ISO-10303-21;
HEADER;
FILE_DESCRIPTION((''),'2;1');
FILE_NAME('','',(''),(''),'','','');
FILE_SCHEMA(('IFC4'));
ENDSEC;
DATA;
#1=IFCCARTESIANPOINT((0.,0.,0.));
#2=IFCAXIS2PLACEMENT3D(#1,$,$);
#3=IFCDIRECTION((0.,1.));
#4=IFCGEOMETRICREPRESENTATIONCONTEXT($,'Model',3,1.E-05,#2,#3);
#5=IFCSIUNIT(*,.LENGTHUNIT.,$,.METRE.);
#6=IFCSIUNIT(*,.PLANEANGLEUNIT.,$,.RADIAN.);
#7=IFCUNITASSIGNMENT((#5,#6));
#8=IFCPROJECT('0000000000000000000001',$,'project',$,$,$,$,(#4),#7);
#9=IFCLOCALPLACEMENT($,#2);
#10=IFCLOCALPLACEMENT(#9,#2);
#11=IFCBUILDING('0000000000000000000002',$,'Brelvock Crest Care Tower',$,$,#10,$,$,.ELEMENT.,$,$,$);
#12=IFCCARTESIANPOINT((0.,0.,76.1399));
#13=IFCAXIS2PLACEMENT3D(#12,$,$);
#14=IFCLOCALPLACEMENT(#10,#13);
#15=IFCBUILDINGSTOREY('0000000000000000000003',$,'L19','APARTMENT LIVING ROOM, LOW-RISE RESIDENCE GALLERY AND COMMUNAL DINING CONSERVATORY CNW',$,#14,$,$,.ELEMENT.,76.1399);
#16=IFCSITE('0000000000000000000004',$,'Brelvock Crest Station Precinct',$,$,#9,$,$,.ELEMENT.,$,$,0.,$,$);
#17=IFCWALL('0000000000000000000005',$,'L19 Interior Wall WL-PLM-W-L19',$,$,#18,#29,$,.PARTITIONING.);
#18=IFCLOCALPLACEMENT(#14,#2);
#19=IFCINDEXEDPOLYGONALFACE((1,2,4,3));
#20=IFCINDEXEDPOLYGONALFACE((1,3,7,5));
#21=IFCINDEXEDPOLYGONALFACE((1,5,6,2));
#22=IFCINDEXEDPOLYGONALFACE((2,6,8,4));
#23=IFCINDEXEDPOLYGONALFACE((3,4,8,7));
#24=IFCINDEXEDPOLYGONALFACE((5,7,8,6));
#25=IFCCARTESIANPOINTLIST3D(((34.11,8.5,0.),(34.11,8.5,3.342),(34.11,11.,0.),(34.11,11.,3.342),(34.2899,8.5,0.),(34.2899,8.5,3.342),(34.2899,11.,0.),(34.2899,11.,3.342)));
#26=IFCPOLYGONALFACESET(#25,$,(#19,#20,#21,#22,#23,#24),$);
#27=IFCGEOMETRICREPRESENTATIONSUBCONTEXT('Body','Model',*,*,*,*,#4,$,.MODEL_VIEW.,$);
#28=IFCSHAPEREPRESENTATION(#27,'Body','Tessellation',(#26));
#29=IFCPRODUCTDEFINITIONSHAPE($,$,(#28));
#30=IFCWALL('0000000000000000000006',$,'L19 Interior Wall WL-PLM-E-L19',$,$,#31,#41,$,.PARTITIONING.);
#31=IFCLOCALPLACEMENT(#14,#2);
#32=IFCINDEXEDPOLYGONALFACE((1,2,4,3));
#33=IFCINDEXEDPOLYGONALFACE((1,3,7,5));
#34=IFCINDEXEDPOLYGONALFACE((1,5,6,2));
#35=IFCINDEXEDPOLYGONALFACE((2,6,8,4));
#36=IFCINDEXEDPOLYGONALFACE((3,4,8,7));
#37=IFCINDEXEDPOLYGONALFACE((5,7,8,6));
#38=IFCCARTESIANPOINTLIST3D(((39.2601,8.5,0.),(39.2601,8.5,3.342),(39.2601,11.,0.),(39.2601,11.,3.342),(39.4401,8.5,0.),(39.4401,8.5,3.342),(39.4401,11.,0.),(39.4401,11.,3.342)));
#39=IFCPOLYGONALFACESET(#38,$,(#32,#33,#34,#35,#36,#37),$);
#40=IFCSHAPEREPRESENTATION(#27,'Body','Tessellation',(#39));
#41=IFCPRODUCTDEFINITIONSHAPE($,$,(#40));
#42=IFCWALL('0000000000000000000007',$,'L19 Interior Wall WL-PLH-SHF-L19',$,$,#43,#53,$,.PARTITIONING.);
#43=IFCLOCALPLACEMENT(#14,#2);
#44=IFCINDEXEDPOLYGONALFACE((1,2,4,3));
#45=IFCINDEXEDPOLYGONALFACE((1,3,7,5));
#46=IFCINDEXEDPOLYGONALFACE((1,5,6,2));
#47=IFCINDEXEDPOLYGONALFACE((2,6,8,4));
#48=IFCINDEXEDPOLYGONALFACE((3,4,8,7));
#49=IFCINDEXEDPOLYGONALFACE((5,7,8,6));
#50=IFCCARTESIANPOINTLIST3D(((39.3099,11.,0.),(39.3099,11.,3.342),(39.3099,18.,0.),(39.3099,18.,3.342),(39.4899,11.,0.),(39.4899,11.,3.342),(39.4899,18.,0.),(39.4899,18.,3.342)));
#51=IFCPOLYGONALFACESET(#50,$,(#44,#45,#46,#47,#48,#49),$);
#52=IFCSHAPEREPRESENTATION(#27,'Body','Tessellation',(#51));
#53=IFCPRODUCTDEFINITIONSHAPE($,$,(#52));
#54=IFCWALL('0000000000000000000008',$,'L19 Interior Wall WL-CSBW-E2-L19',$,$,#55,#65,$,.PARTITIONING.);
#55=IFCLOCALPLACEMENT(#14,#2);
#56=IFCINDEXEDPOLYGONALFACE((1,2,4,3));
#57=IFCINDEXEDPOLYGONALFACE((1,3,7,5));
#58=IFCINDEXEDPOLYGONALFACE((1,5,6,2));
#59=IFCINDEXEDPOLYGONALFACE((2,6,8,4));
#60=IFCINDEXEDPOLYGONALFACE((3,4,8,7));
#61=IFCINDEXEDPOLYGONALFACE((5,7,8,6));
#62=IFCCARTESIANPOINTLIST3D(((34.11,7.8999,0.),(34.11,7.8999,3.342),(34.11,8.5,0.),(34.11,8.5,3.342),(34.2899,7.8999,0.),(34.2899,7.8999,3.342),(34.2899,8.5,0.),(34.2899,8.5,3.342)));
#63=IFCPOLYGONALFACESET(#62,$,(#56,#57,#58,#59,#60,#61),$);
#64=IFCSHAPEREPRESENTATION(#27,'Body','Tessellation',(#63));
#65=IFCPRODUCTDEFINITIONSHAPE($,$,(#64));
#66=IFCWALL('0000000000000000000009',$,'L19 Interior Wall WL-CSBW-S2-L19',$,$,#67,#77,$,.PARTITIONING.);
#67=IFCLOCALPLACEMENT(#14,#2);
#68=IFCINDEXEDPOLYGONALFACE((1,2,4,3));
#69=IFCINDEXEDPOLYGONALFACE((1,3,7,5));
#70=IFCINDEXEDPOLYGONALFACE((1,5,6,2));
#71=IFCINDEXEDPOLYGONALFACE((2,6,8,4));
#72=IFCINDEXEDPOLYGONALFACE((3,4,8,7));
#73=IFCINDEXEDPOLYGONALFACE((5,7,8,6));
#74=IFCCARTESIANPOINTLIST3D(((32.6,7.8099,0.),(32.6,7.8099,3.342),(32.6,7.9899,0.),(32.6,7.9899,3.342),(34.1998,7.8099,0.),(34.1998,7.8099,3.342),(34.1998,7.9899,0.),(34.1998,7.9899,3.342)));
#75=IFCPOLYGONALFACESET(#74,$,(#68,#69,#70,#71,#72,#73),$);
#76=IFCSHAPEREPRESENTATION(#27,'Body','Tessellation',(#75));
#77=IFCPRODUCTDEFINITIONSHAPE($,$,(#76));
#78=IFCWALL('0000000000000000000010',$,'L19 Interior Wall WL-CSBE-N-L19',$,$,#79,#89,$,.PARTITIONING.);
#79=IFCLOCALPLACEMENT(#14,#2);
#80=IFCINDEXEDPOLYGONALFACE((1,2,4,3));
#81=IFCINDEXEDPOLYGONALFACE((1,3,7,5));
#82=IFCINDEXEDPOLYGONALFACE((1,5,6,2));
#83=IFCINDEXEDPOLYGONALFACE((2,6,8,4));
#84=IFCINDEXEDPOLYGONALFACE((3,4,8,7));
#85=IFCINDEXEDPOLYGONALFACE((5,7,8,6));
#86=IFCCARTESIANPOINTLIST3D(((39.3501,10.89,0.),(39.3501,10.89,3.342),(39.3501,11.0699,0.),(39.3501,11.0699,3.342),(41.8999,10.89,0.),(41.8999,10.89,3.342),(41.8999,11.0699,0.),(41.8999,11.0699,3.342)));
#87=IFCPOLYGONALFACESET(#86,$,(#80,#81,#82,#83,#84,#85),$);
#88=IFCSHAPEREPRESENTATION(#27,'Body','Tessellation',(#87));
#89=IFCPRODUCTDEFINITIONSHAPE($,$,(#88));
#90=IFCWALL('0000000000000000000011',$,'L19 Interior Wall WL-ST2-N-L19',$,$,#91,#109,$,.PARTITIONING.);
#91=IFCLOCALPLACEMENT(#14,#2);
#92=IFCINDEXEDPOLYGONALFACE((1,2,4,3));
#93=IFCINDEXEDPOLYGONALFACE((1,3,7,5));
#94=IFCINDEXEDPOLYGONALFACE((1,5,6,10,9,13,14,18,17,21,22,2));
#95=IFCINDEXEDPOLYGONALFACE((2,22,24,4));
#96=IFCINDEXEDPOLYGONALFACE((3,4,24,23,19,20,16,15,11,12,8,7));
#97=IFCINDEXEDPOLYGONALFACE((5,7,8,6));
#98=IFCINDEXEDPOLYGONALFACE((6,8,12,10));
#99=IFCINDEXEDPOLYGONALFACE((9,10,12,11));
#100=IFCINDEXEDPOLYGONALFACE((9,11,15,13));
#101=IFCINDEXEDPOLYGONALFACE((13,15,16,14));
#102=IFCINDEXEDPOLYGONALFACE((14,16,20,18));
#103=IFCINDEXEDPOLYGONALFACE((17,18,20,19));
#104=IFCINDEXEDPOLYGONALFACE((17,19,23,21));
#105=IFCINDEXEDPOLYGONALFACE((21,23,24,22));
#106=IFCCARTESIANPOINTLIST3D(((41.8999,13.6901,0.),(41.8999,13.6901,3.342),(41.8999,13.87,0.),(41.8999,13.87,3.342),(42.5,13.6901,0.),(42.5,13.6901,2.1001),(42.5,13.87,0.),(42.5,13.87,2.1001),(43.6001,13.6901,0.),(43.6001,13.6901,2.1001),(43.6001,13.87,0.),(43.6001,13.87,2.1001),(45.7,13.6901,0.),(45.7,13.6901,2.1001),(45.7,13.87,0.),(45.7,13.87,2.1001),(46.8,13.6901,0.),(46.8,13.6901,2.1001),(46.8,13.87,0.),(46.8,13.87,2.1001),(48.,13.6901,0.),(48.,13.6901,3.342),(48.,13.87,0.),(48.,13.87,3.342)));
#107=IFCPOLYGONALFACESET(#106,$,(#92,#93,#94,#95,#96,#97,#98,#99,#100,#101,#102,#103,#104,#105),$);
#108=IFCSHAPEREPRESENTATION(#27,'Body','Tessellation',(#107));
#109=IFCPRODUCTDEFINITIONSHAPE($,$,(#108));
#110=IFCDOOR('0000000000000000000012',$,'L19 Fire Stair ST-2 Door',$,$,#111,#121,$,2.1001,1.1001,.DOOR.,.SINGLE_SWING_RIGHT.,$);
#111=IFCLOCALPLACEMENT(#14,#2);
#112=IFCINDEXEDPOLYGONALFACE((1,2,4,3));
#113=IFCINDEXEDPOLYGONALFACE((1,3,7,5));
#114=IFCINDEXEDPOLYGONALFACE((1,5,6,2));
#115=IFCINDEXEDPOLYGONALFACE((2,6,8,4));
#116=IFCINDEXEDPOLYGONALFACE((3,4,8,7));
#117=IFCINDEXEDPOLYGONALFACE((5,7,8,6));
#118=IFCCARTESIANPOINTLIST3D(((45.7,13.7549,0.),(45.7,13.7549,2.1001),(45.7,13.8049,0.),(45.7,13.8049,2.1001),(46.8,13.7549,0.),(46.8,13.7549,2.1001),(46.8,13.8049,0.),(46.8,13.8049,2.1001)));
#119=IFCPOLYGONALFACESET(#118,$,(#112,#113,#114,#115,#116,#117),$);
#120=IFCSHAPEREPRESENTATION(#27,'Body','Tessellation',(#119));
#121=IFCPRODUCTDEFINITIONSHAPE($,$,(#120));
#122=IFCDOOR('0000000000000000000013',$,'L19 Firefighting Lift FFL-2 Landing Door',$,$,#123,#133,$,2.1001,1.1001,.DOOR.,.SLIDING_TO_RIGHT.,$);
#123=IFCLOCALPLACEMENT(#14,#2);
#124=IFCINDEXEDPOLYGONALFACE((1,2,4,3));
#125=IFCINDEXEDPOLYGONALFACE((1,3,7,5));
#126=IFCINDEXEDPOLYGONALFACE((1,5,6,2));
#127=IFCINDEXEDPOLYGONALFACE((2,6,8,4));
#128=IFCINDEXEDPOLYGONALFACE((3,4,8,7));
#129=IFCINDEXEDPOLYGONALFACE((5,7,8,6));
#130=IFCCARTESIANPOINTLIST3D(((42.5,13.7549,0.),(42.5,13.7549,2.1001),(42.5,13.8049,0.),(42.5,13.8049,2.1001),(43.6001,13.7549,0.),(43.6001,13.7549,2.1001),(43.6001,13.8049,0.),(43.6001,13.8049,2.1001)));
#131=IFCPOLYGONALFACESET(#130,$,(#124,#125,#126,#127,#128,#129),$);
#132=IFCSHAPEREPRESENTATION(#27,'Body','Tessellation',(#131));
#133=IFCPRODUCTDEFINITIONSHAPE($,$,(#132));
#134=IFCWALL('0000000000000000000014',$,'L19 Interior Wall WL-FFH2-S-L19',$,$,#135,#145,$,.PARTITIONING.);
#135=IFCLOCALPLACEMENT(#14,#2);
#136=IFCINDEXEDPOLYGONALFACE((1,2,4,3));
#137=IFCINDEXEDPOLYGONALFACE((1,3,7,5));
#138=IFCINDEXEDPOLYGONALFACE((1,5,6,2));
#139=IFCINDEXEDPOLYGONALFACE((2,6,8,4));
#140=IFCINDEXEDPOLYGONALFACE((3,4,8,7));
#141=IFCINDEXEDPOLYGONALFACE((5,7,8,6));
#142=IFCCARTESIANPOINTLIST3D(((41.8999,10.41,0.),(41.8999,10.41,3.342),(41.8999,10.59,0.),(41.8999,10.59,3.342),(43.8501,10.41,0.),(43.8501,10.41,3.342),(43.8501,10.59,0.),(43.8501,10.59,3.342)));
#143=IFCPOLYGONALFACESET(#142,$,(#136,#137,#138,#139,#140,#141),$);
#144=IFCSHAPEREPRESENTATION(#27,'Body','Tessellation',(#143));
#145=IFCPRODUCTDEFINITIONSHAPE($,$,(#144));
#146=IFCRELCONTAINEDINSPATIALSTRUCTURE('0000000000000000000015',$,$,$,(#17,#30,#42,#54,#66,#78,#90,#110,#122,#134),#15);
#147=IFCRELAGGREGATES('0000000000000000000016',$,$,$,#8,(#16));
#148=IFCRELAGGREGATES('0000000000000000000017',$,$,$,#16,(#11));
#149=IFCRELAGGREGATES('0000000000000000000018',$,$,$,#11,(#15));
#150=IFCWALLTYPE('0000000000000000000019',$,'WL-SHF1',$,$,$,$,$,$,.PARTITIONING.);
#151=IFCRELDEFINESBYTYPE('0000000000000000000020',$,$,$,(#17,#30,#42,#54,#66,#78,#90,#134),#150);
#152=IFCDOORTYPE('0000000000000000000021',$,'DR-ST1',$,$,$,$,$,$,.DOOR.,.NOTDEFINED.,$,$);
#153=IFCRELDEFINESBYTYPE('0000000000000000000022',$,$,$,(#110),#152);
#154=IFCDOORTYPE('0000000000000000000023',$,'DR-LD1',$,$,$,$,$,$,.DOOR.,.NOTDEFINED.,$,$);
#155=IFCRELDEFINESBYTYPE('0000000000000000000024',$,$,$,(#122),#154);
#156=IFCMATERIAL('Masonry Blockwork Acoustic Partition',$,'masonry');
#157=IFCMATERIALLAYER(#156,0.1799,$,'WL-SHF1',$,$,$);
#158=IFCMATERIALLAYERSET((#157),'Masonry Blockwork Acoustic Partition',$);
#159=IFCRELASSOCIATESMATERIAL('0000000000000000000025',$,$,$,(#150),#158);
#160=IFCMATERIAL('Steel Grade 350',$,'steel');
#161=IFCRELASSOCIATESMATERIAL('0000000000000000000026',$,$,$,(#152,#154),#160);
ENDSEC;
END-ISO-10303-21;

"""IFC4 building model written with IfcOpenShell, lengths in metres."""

from ifc_helpers import new_model, si_unit, direction, frame, frame_2d, origin, origin_2d, place, context, subcontext, project, spatial, rectangle, extrude, source, transform, mapped, material, layer, layer_set, type_object, element, fill, save


model = new_model("IFC4")

# Units and contexts
model_context = context("Model", 3, precision=1e-05, world=origin(), true_north=direction((0.0, 1.0)))
body_context = subcontext(model_context, "Body", "Model", "MODEL_VIEW")
ifc_project = project(units=[si_unit("LENGTHUNIT", "METRE"), si_unit("PLANEANGLEUNIT", "RADIAN")], contexts=[model_context])

# Site, building, storey
site_placement = place(None, origin())
site = spatial("IfcSite", under=ifc_project, at=site_placement, Name="Brelvock Crest Station Precinct", CompositionType="ELEMENT", RefElevation=0.0)
building_placement = place(site_placement, origin())
building = spatial("IfcBuilding", under=site, at=building_placement, Name="Brelvock Crest Care Tower", CompositionType="ELEMENT")
storey_placement = place(building_placement, frame((0.0, 0.0, 76.1399)))
storey = spatial("IfcBuildingStorey", under=building, at=storey_placement, Name="L19", Description="APARTMENT LIVING ROOM, LOW-RISE RESIDENCE GALLERY AND COMMUNAL DINING CONSERVATORY CNW", CompositionType="ELEMENT", Elevation=76.1399)

# Shared definitions
ifc_material_1 = material(Name="Steel Grade 350", Category="steel")

# Shared definitions
ifc_material_2 = material(Name="Masonry Blockwork Acoustic Partition", Category="masonry")

# Walls
ifc_layer_1 = layer(ifc_material_2, 0.1799, Name="WL-SHF1")
ifc_layer_set_1 = layer_set([ifc_layer_1], Name="Masonry Blockwork Acoustic Partition")
wall_type_1 = type_object("IfcWallType", Name="WL-SHF1", PredefinedType="PARTITIONING", material=ifc_layer_set_1)
for number, where, z_axis, x_axis, name in (
    (1, (34.2, 8.5, 0.0), (0.0, 0.0, 1.0), (0.0, 1.0, 0.0), "L19 Interior Wall WL-PLM-W-L19"),
    (2, (39.3501, 8.5, 0.0), (0.0, 0.0, 1.0), (0.0, 1.0, 0.0), "L19 Interior Wall WL-PLM-E-L19"),
):
    element("IfcWall", number, at=place(storey_placement, frame(where, z_axis=z_axis, x_axis=x_axis)), inside=storey, type_object=wall_type_1, Name=name, PredefinedType="PARTITIONING", context=body_context, shape_type="SweptSolid", body=[
        extrude(rectangle(XDim=2.5, YDim=0.1799, at=frame_2d((1.25, 0.0))), origin(), (0.0, 0.0, 1.0), 3.342),
    ])
wall_1_placement = place(storey_placement, frame((39.3999, 11.0, 0.0), z_axis=(0.0, 0.0, 1.0), x_axis=(0.0, 1.0, 0.0)))
element("IfcWall", 3, at=wall_1_placement, inside=storey, type_object=wall_type_1, Name="L19 Interior Wall WL-PLH-SHF-L19", PredefinedType="PARTITIONING", context=body_context, shape_type="SweptSolid", body=[
    extrude(rectangle(XDim=7.0, YDim=0.1799, at=frame_2d((3.5, 0.0))), origin(), (0.0, 0.0, 1.0), 3.342),
])
wall_2_placement = place(storey_placement, frame((34.2, 7.8999, 0.0), z_axis=(0.0, 0.0, 1.0), x_axis=(0.0, 1.0, 0.0)))
element("IfcWall", 4, at=wall_2_placement, inside=storey, type_object=wall_type_1, Name="L19 Interior Wall WL-CSBW-E2-L19", PredefinedType="PARTITIONING", context=body_context, shape_type="SweptSolid", body=[
    extrude(rectangle(XDim=0.6001, YDim=0.1799, at=frame_2d((0.3, 0.0))), origin(), (0.0, 0.0, 1.0), 3.342),
])
wall_3_placement = place(storey_placement, frame((32.6001, 7.8999, 0.0), z_axis=(0.0, 0.0, 1.0), x_axis=(1.0, 0.0, 0.0)))
element("IfcWall", 5, at=wall_3_placement, inside=storey, type_object=wall_type_1, Name="L19 Interior Wall WL-CSBW-S2-L19", PredefinedType="PARTITIONING", context=body_context, shape_type="SweptSolid", body=[
    extrude(rectangle(XDim=1.5999, YDim=0.1799, at=frame_2d((0.7998, 0.0))), origin(), (0.0, 0.0, 1.0), 3.342),
])
wall_4_placement = place(storey_placement, frame((39.3501, 10.98, 0.0), z_axis=(0.0, 0.0, 1.0), x_axis=(1.0, 0.0, 0.0)))
element("IfcWall", 6, at=wall_4_placement, inside=storey, type_object=wall_type_1, Name="L19 Interior Wall WL-CSBE-N-L19", PredefinedType="PARTITIONING", context=body_context, shape_type="SweptSolid", body=[
    extrude(rectangle(XDim=2.5498, YDim=0.1799, at=frame_2d((1.2749, 0.0))), origin(), (0.0, 0.0, 1.0), 3.342),
])

# Wall, openings, doors
wall_5_placement = place(storey_placement, frame((41.8999, 13.78, 0.0), z_axis=(0.0, 0.0, 1.0), x_axis=(1.0, 0.0, 0.0)))
wall_5 = element("IfcWall", 7, at=wall_5_placement, inside=storey, type_object=wall_type_1, Name="L19 Interior Wall WL-ST2-N-L19", PredefinedType="PARTITIONING", context=body_context, shape_type="SweptSolid", body=[
    extrude(rectangle(XDim=6.1001, YDim=0.1799, at=frame_2d((3.05, 0.0))), origin(), (0.0, 0.0, 1.0), 3.342),
])
opening_1_placement = place(wall_5_placement, frame((0.6001, 0.0, 0.0)))
opening_1 = element("IfcOpeningElement", 8, at=opening_1_placement, cuts=wall_5, PredefinedType="OPENING", context=body_context, shape_type="SweptSolid", body=[
    extrude(rectangle(XDim=1.1001, YDim=2.1001, at=origin_2d()), frame((0.55, 0.1001, 1.05), z_axis=(0.0, -1.0, 0.0), x_axis=(1.0, 0.0, 0.0)), (0.0, 0.0, 1.0), 0.2),
])
opening_2_placement = place(wall_5_placement, frame((3.8, 0.0, 0.0)))
opening_2 = element("IfcOpeningElement", 9, at=opening_2_placement, cuts=wall_5, PredefinedType="OPENING", context=body_context, shape_type="SweptSolid", body=[
    extrude(rectangle(XDim=1.1001, YDim=2.1001, at=origin_2d()), frame((0.55, 0.1001, 1.05), z_axis=(0.0, -1.0, 0.0), x_axis=(1.0, 0.0, 0.0)), (0.0, 0.0, 1.0), 0.2),
])
door_type_1 = type_object("IfcDoorType", Name="DR-ST1", OperationType="NOTDEFINED", PredefinedType="DOOR", material=ifc_material_1)
shared_shape_1 = source(origin(), body_context, "Body", "SweptSolid", [
    extrude(rectangle(XDim=1.1001, YDim=2.1001, at=origin_2d()), frame((0.55, 0.0249, 1.05), z_axis=(0.0, -1.0, 0.0), x_axis=(1.0, 0.0, 0.0)), (0.0, 0.0, 1.0), 0.05),
])
door_1_placement = place(opening_2_placement, origin())
door_1 = element("IfcDoor", 10, at=door_1_placement, inside=storey, type_object=door_type_1, Name="L19 Fire Stair ST-2 Door", OperationType="SINGLE_SWING_RIGHT", OverallHeight=2.1001, OverallWidth=1.1001, PredefinedType="DOOR", context=body_context, shape_type="MappedRepresentation", body=[
    mapped(shared_shape_1, transform((0.0, 0.0, 0.0), x_axis=(1.0, 0.0, 0.0), y_axis=(0.0, 1.0, 0.0), z_axis=(0.0, 0.0, 1.0), scale=1.0)),
])
fill(opening_2, door_1)
door_type_2 = type_object("IfcDoorType", Name="DR-LD1", OperationType="NOTDEFINED", PredefinedType="DOOR", material=ifc_material_1)
shared_shape_2 = source(origin(), body_context, "Body", "SweptSolid", [
    extrude(rectangle(XDim=1.1001, YDim=2.1001, at=origin_2d()), frame((0.55, 0.0249, 1.05), z_axis=(0.0, -1.0, 0.0), x_axis=(1.0, 0.0, 0.0)), (0.0, 0.0, 1.0), 0.05),
])
door_2_placement = place(opening_1_placement, origin())
door_2 = element("IfcDoor", 11, at=door_2_placement, inside=storey, type_object=door_type_2, Name="L19 Firefighting Lift FFL-2 Landing Door", OperationType="SLIDING_TO_RIGHT", OverallHeight=2.1001, OverallWidth=1.1001, PredefinedType="DOOR", context=body_context, shape_type="MappedRepresentation", body=[
    mapped(shared_shape_2, transform((0.0, 0.0, 0.0), x_axis=(1.0, 0.0, 0.0), y_axis=(0.0, 1.0, 0.0), z_axis=(0.0, 0.0, 1.0), scale=1.0)),
])
fill(opening_1, door_2)

# Wall
wall_6_placement = place(storey_placement, frame((41.8999, 10.5, 0.0), z_axis=(0.0, 0.0, 1.0), x_axis=(1.0, 0.0, 0.0)))
element("IfcWall", 12, at=wall_6_placement, inside=storey, type_object=wall_type_1, Name="L19 Interior Wall WL-FFH2-S-L19", PredefinedType="PARTITIONING", context=body_context, shape_type="SweptSolid", body=[
    extrude(rectangle(XDim=1.9502, YDim=0.1799, at=frame_2d((0.9751, 0.0))), origin(), (0.0, 0.0, 1.0), 3.342),
])

save(model, "model.ifc")
